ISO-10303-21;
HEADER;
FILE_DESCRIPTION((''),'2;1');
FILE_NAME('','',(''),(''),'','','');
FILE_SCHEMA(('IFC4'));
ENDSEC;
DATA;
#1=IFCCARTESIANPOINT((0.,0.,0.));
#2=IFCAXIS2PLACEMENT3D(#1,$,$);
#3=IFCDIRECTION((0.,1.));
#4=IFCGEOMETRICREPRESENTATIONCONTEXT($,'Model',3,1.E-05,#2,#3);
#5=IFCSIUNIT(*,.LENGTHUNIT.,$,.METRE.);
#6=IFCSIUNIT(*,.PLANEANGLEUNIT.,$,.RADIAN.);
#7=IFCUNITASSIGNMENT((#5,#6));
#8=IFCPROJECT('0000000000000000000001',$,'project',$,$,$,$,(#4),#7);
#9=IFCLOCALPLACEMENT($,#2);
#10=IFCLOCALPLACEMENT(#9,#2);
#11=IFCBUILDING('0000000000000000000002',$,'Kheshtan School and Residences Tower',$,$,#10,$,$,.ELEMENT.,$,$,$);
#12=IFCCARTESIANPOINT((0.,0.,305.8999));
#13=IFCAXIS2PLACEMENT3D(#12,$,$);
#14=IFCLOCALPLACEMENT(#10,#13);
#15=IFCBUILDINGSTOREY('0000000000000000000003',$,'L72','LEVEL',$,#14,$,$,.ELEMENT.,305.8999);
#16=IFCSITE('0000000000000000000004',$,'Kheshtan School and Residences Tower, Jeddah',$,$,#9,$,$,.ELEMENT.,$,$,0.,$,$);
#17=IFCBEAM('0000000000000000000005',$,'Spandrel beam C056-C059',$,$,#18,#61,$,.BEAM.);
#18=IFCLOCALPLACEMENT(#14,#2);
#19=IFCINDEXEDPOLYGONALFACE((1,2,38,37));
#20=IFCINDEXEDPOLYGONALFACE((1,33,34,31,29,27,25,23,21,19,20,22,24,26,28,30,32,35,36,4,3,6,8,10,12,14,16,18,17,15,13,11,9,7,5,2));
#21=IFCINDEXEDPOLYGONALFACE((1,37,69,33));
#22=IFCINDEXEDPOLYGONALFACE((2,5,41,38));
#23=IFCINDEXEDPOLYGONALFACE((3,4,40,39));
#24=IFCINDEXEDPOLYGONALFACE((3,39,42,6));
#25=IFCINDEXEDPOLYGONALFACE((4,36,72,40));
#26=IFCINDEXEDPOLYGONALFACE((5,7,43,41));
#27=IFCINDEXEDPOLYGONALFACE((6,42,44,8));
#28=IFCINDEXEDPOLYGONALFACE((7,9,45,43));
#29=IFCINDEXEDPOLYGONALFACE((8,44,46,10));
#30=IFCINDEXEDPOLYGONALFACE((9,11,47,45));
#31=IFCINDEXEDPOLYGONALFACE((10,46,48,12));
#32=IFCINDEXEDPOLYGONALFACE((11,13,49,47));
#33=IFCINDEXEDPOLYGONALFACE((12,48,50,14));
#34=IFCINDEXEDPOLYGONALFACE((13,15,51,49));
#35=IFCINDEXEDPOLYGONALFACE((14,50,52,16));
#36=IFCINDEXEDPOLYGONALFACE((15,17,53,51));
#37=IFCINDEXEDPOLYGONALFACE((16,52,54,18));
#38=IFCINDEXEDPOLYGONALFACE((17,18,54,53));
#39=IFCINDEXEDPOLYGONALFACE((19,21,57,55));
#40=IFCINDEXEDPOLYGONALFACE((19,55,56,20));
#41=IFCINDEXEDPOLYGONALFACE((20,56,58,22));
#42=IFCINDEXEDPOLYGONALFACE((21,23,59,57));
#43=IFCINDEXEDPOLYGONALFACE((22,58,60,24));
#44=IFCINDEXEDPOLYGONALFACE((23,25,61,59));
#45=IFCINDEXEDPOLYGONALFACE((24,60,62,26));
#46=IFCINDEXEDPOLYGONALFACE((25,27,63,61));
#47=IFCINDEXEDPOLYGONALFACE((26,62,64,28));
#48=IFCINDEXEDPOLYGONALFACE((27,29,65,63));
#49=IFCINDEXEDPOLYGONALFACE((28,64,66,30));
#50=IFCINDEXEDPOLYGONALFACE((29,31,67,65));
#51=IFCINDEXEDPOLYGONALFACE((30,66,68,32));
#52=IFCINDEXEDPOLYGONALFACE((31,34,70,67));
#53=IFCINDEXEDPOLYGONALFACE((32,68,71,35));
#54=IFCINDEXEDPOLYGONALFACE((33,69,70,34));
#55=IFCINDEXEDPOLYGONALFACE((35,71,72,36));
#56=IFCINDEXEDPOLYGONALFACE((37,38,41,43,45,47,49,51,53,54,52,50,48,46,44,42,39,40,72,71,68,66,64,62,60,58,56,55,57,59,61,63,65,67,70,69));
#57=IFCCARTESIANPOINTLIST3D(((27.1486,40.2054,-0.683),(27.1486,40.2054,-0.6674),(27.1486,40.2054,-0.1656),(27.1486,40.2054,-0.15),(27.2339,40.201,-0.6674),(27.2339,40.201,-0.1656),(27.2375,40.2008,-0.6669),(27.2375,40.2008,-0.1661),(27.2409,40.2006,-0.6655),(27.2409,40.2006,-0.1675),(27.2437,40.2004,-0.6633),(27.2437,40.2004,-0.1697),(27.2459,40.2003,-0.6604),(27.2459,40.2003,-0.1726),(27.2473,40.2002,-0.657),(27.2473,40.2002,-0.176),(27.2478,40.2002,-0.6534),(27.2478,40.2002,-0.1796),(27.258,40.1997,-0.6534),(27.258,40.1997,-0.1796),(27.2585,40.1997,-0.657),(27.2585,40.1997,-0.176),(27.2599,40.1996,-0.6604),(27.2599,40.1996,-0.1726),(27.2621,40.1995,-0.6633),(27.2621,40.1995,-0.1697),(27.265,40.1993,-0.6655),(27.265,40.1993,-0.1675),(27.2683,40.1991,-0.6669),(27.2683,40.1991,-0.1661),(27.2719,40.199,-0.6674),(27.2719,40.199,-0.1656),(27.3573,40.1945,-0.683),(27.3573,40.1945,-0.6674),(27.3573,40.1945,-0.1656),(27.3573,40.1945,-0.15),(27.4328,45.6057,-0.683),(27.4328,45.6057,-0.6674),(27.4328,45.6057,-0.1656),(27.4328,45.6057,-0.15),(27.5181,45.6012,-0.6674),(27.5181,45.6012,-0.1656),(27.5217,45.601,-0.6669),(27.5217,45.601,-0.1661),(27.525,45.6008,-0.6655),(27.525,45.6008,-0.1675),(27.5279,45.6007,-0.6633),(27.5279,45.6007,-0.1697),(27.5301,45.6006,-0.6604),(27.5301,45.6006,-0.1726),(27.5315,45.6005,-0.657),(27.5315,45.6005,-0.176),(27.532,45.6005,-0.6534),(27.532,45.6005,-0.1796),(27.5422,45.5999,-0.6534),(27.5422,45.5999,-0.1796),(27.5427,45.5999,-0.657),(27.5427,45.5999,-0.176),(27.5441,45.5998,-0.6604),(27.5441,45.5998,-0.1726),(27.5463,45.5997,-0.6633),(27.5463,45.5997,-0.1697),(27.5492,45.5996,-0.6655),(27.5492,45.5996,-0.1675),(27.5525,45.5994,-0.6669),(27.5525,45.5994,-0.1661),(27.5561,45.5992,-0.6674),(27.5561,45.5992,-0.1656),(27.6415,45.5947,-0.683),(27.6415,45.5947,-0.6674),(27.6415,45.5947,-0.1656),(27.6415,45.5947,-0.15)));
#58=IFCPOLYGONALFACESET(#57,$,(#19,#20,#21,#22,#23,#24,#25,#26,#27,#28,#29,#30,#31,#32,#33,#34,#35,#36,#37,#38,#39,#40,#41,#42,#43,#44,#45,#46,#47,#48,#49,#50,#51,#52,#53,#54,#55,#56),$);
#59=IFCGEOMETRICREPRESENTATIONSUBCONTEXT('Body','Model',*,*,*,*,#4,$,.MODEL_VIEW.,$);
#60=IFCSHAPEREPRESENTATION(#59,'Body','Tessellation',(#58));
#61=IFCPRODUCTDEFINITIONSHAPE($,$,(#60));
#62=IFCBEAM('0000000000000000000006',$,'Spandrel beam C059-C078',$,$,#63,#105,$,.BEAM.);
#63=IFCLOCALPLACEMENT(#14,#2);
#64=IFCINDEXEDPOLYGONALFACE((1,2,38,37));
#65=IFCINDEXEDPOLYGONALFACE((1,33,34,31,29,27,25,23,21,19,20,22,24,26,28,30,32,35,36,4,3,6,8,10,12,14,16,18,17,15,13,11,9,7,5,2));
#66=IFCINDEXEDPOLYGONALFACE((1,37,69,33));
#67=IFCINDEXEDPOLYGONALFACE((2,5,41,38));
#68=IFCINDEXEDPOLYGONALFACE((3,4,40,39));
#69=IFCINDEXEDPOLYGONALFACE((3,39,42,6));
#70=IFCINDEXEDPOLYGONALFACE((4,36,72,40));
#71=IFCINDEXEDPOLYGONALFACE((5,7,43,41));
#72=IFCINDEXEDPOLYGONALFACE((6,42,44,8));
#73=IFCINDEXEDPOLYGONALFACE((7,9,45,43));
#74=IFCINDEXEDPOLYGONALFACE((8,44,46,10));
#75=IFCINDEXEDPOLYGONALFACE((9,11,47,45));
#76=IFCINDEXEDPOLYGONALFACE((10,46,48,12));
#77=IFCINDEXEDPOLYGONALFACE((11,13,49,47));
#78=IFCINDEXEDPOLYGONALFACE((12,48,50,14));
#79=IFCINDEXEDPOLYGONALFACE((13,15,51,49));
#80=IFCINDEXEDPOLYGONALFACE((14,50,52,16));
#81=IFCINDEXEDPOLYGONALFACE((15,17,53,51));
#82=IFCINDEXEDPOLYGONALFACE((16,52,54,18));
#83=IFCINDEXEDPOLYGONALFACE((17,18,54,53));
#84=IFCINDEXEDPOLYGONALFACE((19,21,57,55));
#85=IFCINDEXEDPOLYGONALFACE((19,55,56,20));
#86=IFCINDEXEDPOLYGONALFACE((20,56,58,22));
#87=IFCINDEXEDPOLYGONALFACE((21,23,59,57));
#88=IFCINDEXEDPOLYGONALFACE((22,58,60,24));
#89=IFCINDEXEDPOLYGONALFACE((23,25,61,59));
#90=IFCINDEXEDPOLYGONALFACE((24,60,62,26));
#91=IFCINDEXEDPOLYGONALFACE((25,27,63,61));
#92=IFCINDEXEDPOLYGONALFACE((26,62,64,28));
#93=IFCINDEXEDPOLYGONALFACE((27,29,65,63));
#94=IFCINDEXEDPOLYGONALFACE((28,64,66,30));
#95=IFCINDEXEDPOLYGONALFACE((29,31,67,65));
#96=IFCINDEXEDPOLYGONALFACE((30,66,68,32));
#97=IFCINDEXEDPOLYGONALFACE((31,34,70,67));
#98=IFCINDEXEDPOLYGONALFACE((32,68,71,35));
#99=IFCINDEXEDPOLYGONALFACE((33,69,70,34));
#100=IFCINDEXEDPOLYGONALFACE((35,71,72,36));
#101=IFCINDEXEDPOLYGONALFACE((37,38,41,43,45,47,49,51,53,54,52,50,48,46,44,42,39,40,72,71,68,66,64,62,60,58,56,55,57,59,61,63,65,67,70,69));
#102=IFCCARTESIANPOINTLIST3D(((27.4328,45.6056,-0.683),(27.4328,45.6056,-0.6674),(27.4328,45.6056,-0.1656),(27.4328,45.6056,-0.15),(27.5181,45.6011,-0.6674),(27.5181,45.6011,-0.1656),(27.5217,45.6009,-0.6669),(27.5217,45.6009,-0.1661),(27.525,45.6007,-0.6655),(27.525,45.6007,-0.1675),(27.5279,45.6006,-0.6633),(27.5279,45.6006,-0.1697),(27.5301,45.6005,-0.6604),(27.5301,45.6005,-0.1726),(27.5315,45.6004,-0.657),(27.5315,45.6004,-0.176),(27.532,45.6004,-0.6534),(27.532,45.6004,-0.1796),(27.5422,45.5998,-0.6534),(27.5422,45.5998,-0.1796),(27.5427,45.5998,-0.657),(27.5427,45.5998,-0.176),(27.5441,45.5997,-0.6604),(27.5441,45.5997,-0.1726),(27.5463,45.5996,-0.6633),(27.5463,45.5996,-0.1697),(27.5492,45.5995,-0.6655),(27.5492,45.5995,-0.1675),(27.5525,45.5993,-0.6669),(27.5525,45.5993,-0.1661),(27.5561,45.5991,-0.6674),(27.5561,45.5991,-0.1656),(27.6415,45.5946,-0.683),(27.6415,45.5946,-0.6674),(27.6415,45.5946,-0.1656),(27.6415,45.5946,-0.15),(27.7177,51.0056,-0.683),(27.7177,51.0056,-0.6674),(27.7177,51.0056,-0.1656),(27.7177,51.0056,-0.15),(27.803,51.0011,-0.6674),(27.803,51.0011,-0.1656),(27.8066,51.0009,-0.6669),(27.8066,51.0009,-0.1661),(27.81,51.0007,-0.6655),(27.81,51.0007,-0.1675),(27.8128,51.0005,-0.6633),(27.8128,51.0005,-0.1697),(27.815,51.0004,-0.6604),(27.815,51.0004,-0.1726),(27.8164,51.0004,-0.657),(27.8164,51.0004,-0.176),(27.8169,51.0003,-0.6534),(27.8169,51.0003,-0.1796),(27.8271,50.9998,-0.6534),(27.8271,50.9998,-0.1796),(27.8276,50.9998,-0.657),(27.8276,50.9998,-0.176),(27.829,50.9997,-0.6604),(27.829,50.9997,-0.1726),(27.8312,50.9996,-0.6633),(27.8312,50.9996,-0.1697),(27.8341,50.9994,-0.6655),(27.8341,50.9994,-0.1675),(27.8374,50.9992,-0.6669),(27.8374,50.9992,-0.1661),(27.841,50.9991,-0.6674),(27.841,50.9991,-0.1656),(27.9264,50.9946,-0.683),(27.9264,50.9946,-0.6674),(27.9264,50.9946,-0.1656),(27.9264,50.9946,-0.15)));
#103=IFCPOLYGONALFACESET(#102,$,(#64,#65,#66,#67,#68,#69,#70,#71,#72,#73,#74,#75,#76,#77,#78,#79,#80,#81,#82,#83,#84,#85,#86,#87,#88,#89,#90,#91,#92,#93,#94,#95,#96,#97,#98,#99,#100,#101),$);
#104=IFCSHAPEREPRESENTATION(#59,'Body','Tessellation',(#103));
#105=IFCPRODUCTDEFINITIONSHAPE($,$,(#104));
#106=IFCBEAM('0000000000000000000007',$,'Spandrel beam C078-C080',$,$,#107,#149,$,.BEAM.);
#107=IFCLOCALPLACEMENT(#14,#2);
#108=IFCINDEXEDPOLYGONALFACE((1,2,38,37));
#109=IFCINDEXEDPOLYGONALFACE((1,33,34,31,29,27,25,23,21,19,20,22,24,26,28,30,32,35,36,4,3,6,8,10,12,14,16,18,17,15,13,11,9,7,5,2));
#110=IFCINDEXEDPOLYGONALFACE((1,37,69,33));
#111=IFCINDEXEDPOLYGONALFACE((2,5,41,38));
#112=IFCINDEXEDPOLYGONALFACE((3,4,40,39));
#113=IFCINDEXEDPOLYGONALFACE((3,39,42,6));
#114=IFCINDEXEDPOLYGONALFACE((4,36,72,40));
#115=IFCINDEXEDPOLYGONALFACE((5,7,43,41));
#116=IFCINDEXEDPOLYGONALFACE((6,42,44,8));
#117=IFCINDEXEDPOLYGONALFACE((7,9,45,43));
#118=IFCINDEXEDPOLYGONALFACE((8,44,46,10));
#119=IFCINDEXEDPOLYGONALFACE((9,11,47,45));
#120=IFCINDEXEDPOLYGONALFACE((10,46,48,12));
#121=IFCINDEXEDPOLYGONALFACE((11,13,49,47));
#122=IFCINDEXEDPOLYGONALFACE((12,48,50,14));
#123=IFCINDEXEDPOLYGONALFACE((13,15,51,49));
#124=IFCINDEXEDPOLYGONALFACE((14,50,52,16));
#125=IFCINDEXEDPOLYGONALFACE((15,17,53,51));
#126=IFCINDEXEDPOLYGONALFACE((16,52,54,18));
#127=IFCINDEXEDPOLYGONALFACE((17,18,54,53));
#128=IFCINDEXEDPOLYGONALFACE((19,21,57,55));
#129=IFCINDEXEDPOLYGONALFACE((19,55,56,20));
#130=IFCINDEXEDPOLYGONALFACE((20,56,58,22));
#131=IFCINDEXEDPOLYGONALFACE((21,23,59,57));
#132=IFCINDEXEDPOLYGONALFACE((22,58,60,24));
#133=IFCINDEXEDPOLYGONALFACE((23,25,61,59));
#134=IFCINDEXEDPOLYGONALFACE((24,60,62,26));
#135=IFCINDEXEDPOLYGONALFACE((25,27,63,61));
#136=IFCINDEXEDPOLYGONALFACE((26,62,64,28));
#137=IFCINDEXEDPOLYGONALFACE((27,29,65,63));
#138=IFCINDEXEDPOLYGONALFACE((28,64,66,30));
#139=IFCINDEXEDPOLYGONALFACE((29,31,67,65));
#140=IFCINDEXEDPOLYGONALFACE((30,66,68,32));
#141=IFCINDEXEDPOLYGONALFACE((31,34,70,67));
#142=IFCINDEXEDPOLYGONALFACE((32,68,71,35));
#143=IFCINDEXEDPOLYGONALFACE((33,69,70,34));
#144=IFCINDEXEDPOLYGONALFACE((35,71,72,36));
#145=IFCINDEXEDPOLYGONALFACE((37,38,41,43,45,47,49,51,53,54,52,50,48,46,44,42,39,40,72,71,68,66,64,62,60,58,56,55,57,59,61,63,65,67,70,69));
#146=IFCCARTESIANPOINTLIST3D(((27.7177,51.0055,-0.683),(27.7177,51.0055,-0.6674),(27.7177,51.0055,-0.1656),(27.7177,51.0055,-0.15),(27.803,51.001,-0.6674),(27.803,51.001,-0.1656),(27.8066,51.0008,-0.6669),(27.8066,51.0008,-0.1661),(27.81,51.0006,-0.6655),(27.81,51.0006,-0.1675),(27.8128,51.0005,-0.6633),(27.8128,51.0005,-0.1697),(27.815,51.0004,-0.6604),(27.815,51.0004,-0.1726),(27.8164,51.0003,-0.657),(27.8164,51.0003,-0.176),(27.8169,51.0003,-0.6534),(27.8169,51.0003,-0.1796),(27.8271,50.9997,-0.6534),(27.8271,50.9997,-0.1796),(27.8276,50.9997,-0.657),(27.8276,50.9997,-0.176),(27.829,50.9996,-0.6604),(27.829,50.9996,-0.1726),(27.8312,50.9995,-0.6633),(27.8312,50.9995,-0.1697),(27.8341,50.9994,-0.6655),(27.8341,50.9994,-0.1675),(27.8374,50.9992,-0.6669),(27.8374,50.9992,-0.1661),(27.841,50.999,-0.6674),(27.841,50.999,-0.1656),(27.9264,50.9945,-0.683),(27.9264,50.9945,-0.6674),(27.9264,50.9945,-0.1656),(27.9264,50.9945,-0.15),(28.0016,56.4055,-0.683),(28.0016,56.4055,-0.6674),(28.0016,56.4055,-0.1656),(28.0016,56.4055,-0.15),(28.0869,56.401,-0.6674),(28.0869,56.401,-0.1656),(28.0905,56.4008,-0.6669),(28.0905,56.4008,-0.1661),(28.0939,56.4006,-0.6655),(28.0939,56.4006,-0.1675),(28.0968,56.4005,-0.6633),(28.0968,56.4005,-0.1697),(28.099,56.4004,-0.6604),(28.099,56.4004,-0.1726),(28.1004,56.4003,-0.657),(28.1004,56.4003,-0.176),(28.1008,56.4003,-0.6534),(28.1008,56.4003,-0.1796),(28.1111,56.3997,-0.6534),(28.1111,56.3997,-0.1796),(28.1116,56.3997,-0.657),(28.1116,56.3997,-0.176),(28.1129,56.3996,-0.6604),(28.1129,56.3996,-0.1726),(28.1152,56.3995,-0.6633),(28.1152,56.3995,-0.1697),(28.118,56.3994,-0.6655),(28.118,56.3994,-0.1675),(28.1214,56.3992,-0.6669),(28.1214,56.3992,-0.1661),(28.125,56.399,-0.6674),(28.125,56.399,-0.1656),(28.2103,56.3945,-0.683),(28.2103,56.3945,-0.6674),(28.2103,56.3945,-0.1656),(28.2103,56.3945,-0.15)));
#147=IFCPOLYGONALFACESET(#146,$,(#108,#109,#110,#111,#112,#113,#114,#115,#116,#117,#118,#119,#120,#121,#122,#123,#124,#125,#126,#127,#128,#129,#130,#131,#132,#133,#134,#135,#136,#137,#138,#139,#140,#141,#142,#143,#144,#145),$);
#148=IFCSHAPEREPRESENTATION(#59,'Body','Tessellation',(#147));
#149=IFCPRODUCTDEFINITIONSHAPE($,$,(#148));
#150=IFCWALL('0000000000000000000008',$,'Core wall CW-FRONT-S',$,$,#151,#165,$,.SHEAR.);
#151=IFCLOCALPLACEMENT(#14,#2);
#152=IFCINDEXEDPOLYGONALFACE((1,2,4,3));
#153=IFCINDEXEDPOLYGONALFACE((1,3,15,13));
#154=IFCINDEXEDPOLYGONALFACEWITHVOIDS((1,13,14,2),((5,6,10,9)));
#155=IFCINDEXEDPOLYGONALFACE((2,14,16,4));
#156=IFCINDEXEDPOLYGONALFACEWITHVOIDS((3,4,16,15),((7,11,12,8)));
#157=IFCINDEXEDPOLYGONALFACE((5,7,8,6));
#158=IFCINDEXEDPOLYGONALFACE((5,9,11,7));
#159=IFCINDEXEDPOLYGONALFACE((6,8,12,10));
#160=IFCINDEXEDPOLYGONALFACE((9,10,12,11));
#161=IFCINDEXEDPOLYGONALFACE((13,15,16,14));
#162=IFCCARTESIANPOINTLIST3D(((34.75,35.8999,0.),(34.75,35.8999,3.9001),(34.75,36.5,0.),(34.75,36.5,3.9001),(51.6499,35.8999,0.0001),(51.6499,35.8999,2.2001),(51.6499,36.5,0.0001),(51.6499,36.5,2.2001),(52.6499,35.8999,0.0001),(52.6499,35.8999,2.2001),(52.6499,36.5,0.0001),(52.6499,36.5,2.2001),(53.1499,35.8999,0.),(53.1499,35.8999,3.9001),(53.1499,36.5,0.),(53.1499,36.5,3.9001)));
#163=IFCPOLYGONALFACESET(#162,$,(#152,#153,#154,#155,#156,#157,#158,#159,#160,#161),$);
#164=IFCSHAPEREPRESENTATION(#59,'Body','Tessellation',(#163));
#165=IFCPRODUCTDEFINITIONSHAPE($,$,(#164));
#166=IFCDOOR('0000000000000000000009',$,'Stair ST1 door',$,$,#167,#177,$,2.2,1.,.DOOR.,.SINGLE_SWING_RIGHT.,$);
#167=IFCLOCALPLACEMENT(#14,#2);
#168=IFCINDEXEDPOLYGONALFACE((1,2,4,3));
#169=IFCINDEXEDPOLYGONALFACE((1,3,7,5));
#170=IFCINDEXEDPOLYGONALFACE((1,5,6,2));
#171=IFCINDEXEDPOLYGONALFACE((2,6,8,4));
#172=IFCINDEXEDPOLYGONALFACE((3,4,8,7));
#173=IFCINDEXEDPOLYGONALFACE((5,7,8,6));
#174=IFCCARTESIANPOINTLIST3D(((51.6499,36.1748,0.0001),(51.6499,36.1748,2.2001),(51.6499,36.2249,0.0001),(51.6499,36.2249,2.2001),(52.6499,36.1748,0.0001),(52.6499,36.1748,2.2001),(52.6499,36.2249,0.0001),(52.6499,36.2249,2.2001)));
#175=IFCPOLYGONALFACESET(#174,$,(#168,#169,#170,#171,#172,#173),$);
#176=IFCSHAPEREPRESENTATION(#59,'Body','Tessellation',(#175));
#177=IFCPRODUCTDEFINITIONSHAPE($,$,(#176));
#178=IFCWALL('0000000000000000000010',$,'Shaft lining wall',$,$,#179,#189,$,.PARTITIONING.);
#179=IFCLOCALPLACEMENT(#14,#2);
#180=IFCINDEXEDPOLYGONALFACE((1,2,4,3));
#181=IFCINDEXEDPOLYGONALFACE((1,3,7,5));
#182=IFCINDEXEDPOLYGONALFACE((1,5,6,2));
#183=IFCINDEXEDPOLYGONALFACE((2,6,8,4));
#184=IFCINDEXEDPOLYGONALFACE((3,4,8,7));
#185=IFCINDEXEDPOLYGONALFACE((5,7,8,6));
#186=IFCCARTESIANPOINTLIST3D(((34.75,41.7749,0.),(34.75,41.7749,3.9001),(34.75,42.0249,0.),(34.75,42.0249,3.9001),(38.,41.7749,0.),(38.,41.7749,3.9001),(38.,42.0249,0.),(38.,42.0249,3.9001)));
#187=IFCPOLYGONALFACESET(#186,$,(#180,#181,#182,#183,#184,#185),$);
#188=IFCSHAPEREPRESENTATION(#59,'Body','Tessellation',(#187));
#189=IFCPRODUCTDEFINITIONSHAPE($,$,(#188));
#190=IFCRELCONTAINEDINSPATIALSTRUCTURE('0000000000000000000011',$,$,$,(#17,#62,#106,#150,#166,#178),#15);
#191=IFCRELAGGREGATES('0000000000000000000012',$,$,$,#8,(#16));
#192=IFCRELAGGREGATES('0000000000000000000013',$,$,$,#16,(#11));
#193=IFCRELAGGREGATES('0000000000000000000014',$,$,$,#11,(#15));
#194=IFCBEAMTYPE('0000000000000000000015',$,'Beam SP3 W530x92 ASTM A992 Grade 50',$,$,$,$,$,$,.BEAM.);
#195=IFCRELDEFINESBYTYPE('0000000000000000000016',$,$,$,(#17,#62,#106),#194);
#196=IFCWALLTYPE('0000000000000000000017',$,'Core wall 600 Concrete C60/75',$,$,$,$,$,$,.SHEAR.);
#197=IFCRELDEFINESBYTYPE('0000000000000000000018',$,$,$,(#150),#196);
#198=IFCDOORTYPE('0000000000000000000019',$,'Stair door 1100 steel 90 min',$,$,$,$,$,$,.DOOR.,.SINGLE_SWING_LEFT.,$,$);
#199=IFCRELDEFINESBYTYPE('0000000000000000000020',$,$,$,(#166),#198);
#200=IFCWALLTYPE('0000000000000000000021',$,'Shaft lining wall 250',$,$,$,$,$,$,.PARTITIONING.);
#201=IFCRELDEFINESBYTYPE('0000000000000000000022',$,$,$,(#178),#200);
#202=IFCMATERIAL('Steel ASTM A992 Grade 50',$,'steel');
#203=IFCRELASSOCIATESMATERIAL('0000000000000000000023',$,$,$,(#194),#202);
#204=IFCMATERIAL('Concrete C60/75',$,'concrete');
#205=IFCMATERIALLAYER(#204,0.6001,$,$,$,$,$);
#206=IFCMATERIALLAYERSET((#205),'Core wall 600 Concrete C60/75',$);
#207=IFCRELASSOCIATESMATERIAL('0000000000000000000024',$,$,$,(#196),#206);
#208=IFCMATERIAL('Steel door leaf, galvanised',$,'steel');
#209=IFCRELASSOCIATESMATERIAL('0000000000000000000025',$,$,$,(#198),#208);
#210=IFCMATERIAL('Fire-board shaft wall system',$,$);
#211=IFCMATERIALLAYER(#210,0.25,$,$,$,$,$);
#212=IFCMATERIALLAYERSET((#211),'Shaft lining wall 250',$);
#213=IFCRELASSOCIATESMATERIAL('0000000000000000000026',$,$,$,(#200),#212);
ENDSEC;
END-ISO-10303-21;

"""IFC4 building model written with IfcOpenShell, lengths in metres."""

from ifc_helpers import new_model, si_unit, direction, frame, frame_2d, origin, origin_2d, place, context, subcontext, project, spatial, rectangle, i_section, extrude, source, transform, mapped, material, layer, layer_set, material_profile, profile_set, type_object, element, fill, save


model = new_model("IFC4")

# Units and contexts
model_context = context("Model", 3, precision=1e-05, world=origin(), true_north=direction((0.0, 1.0)))
body_context = subcontext(model_context, "Body", "Model", "MODEL_VIEW")
ifc_project = project(units=[si_unit("LENGTHUNIT", "METRE"), si_unit("PLANEANGLEUNIT", "RADIAN")], contexts=[model_context])

# Site, building, storey
site_placement = place(None, origin())
site = spatial("IfcSite", under=ifc_project, at=site_placement, Name="Kheshtan School and Residences Tower, Jeddah", CompositionType="ELEMENT", RefElevation=0.0)
building_placement = place(site_placement, origin())
building = spatial("IfcBuilding", under=site, at=building_placement, Name="Kheshtan School and Residences Tower", CompositionType="ELEMENT")
storey_placement = place(building_placement, frame((0.0, 0.0, 305.8999)))
storey = spatial("IfcBuildingStorey", under=building, at=storey_placement, Name="L72", Description="LEVEL", CompositionType="ELEMENT", Elevation=305.8999)

# Shared definitions
ifc_material_1 = material(Name="Steel ASTM A992 Grade 50", Category="steel")

# Beams
ifc_material_profile_1 = material_profile(ifc_material_1, i_section(OverallWidth=0.209, OverallDepth=0.533, WebThickness=0.0103, FlangeThickness=0.0156, FilletRadius=0.0139, at=origin_2d()), Name="W530x92")
ifc_profile_set_1 = profile_set([ifc_material_profile_1], Name="Steel ASTM A992 Grade 50")
beam_type_1 = type_object("IfcBeamType", Name="Beam SP3 W530x92 ASTM A992 Grade 50", PredefinedType="BEAM", material=ifc_profile_set_1)
beam_1_placement = place(storey_placement, frame((27.2529, 40.2, -0.4165), z_axis=(0.052552, 0.998618, 0.0), x_axis=(-0.998618, 0.052552, 0.0)))
element("IfcBeam", 1, at=beam_1_placement, inside=storey, type_object=beam_type_1, Name="Spandrel beam C056-C059", PredefinedType="BEAM", context=body_context, shape_type="SweptSolid", body=[
    extrude(i_section(OverallWidth=0.209, OverallDepth=0.533, WebThickness=0.0103, FlangeThickness=0.0156, FilletRadius=0.0139, at=origin_2d()), origin(), (0.0, 0.0, 1.0), 5.4077),
])
for number, where, z_axis, x_axis, name in (
    (2, (27.5371, 45.6001, -0.4165), (0.052689, 0.998611, 0.0), (-0.998611, 0.052689, 0.0), "Spandrel beam C059-C078"),
    (3, (27.822, 51.0, -0.4165), (0.052509, 0.99862, 0.0), (-0.99862, 0.052509, 0.0), "Spandrel beam C078-C080"),
):
    element("IfcBeam", number, at=place(storey_placement, frame(where, z_axis=z_axis, x_axis=x_axis)), inside=storey, type_object=beam_type_1, Name=name, PredefinedType="BEAM", context=body_context, shape_type="SweptSolid", body=[
        extrude(i_section(OverallWidth=0.209, OverallDepth=0.533, WebThickness=0.0103, FlangeThickness=0.0156, FilletRadius=0.0139, at=origin_2d()), origin(), (0.0, 0.0, 1.0), 5.4075),
    ])

# Wall, opening, door
ifc_material_2 = material(Name="Concrete C60/75", Category="concrete")
ifc_layer_1 = layer(ifc_material_2, 0.6001)
ifc_layer_set_1 = layer_set([ifc_layer_1], Name="Core wall 600 Concrete C60/75")
wall_type_1 = type_object("IfcWallType", Name="Core wall 600 Concrete C60/75", PredefinedType="SHEAR", material=ifc_layer_set_1)
wall_1_placement = place(storey_placement, frame((34.75, 36.2, 0.0), z_axis=(0.0, 0.0, 1.0), x_axis=(1.0, 0.0, 0.0)))
wall_1 = element("IfcWall", 4, at=wall_1_placement, inside=storey, type_object=wall_type_1, Name="Core wall CW-FRONT-S", PredefinedType="SHEAR", context=body_context, shape_type="SweptSolid", body=[
    extrude(rectangle(XDim=18.3999, YDim=0.6001, at=frame_2d((9.2, 0.0))), origin(), (0.0, 0.0, 1.0), 3.9001),
])
opening_placement = place(wall_1_placement, frame((16.8999, 0.0, 0.0)))
opening = element("IfcOpeningElement", 5, at=opening_placement, cuts=wall_1, PredefinedType="OPENING", context=body_context, shape_type="SweptSolid", body=[
    extrude(rectangle(XDim=1.0, YDim=2.2, at=frame_2d((0.5, 1.1001))), frame((0.0, 0.3101, 0.0), z_axis=(0.0, -1.0, 0.0), x_axis=(1.0, 0.0, 0.0)), (0.0, 0.0, 1.0), 0.6201),
])
ifc_material_3 = material(Name="Steel door leaf, galvanised", Category="steel")
door_type = type_object("IfcDoorType", Name="Stair door 1100 steel 90 min", OperationType="SINGLE_SWING_LEFT", PredefinedType="DOOR", material=ifc_material_3)
shared_shape = source(origin(), body_context, "Body", "SweptSolid", [
    extrude(rectangle(XDim=1.0, YDim=2.2, at=frame_2d((0.5, 1.1001))), frame((0.0, 0.0249, 0.0), z_axis=(0.0, -1.0, 0.0), x_axis=(1.0, 0.0, 0.0)), (0.0, 0.0, 1.0), 0.05),
])
door_placement = place(opening_placement, origin())
door = element("IfcDoor", 6, at=door_placement, inside=storey, type_object=door_type, Name="Stair ST1 door", OperationType="SINGLE_SWING_RIGHT", OverallHeight=2.2, OverallWidth=1.0, PredefinedType="DOOR", context=body_context, shape_type="MappedRepresentation", body=[
    mapped(shared_shape, transform((0.0, 0.0, 0.0), x_axis=(1.0, 0.0, 0.0), y_axis=(0.0, 1.0, 0.0), z_axis=(0.0, 0.0, 1.0), scale=1.0)),
])
fill(opening, door)

# Wall
ifc_material_4 = material(Name="Fire-board shaft wall system")
ifc_layer_2 = layer(ifc_material_4, 0.25)
ifc_layer_set_2 = layer_set([ifc_layer_2], Name="Shaft lining wall 250")
wall_type_2 = type_object("IfcWallType", Name="Shaft lining wall 250", PredefinedType="PARTITIONING", material=ifc_layer_set_2)
wall_2_placement = place(storey_placement, frame((34.75, 41.8999, 0.0), z_axis=(0.0, 0.0, 1.0), x_axis=(1.0, 0.0, 0.0)))
element("IfcWall", 7, at=wall_2_placement, inside=storey, type_object=wall_type_2, Name="Shaft lining wall", PredefinedType="PARTITIONING", context=body_context, shape_type="SweptSolid", body=[
    extrude(rectangle(XDim=3.25, YDim=0.25, at=frame_2d((1.625, 0.0))), origin(), (0.0, 0.0, 1.0), 3.9001),
])

save(model, "model.ifc")
